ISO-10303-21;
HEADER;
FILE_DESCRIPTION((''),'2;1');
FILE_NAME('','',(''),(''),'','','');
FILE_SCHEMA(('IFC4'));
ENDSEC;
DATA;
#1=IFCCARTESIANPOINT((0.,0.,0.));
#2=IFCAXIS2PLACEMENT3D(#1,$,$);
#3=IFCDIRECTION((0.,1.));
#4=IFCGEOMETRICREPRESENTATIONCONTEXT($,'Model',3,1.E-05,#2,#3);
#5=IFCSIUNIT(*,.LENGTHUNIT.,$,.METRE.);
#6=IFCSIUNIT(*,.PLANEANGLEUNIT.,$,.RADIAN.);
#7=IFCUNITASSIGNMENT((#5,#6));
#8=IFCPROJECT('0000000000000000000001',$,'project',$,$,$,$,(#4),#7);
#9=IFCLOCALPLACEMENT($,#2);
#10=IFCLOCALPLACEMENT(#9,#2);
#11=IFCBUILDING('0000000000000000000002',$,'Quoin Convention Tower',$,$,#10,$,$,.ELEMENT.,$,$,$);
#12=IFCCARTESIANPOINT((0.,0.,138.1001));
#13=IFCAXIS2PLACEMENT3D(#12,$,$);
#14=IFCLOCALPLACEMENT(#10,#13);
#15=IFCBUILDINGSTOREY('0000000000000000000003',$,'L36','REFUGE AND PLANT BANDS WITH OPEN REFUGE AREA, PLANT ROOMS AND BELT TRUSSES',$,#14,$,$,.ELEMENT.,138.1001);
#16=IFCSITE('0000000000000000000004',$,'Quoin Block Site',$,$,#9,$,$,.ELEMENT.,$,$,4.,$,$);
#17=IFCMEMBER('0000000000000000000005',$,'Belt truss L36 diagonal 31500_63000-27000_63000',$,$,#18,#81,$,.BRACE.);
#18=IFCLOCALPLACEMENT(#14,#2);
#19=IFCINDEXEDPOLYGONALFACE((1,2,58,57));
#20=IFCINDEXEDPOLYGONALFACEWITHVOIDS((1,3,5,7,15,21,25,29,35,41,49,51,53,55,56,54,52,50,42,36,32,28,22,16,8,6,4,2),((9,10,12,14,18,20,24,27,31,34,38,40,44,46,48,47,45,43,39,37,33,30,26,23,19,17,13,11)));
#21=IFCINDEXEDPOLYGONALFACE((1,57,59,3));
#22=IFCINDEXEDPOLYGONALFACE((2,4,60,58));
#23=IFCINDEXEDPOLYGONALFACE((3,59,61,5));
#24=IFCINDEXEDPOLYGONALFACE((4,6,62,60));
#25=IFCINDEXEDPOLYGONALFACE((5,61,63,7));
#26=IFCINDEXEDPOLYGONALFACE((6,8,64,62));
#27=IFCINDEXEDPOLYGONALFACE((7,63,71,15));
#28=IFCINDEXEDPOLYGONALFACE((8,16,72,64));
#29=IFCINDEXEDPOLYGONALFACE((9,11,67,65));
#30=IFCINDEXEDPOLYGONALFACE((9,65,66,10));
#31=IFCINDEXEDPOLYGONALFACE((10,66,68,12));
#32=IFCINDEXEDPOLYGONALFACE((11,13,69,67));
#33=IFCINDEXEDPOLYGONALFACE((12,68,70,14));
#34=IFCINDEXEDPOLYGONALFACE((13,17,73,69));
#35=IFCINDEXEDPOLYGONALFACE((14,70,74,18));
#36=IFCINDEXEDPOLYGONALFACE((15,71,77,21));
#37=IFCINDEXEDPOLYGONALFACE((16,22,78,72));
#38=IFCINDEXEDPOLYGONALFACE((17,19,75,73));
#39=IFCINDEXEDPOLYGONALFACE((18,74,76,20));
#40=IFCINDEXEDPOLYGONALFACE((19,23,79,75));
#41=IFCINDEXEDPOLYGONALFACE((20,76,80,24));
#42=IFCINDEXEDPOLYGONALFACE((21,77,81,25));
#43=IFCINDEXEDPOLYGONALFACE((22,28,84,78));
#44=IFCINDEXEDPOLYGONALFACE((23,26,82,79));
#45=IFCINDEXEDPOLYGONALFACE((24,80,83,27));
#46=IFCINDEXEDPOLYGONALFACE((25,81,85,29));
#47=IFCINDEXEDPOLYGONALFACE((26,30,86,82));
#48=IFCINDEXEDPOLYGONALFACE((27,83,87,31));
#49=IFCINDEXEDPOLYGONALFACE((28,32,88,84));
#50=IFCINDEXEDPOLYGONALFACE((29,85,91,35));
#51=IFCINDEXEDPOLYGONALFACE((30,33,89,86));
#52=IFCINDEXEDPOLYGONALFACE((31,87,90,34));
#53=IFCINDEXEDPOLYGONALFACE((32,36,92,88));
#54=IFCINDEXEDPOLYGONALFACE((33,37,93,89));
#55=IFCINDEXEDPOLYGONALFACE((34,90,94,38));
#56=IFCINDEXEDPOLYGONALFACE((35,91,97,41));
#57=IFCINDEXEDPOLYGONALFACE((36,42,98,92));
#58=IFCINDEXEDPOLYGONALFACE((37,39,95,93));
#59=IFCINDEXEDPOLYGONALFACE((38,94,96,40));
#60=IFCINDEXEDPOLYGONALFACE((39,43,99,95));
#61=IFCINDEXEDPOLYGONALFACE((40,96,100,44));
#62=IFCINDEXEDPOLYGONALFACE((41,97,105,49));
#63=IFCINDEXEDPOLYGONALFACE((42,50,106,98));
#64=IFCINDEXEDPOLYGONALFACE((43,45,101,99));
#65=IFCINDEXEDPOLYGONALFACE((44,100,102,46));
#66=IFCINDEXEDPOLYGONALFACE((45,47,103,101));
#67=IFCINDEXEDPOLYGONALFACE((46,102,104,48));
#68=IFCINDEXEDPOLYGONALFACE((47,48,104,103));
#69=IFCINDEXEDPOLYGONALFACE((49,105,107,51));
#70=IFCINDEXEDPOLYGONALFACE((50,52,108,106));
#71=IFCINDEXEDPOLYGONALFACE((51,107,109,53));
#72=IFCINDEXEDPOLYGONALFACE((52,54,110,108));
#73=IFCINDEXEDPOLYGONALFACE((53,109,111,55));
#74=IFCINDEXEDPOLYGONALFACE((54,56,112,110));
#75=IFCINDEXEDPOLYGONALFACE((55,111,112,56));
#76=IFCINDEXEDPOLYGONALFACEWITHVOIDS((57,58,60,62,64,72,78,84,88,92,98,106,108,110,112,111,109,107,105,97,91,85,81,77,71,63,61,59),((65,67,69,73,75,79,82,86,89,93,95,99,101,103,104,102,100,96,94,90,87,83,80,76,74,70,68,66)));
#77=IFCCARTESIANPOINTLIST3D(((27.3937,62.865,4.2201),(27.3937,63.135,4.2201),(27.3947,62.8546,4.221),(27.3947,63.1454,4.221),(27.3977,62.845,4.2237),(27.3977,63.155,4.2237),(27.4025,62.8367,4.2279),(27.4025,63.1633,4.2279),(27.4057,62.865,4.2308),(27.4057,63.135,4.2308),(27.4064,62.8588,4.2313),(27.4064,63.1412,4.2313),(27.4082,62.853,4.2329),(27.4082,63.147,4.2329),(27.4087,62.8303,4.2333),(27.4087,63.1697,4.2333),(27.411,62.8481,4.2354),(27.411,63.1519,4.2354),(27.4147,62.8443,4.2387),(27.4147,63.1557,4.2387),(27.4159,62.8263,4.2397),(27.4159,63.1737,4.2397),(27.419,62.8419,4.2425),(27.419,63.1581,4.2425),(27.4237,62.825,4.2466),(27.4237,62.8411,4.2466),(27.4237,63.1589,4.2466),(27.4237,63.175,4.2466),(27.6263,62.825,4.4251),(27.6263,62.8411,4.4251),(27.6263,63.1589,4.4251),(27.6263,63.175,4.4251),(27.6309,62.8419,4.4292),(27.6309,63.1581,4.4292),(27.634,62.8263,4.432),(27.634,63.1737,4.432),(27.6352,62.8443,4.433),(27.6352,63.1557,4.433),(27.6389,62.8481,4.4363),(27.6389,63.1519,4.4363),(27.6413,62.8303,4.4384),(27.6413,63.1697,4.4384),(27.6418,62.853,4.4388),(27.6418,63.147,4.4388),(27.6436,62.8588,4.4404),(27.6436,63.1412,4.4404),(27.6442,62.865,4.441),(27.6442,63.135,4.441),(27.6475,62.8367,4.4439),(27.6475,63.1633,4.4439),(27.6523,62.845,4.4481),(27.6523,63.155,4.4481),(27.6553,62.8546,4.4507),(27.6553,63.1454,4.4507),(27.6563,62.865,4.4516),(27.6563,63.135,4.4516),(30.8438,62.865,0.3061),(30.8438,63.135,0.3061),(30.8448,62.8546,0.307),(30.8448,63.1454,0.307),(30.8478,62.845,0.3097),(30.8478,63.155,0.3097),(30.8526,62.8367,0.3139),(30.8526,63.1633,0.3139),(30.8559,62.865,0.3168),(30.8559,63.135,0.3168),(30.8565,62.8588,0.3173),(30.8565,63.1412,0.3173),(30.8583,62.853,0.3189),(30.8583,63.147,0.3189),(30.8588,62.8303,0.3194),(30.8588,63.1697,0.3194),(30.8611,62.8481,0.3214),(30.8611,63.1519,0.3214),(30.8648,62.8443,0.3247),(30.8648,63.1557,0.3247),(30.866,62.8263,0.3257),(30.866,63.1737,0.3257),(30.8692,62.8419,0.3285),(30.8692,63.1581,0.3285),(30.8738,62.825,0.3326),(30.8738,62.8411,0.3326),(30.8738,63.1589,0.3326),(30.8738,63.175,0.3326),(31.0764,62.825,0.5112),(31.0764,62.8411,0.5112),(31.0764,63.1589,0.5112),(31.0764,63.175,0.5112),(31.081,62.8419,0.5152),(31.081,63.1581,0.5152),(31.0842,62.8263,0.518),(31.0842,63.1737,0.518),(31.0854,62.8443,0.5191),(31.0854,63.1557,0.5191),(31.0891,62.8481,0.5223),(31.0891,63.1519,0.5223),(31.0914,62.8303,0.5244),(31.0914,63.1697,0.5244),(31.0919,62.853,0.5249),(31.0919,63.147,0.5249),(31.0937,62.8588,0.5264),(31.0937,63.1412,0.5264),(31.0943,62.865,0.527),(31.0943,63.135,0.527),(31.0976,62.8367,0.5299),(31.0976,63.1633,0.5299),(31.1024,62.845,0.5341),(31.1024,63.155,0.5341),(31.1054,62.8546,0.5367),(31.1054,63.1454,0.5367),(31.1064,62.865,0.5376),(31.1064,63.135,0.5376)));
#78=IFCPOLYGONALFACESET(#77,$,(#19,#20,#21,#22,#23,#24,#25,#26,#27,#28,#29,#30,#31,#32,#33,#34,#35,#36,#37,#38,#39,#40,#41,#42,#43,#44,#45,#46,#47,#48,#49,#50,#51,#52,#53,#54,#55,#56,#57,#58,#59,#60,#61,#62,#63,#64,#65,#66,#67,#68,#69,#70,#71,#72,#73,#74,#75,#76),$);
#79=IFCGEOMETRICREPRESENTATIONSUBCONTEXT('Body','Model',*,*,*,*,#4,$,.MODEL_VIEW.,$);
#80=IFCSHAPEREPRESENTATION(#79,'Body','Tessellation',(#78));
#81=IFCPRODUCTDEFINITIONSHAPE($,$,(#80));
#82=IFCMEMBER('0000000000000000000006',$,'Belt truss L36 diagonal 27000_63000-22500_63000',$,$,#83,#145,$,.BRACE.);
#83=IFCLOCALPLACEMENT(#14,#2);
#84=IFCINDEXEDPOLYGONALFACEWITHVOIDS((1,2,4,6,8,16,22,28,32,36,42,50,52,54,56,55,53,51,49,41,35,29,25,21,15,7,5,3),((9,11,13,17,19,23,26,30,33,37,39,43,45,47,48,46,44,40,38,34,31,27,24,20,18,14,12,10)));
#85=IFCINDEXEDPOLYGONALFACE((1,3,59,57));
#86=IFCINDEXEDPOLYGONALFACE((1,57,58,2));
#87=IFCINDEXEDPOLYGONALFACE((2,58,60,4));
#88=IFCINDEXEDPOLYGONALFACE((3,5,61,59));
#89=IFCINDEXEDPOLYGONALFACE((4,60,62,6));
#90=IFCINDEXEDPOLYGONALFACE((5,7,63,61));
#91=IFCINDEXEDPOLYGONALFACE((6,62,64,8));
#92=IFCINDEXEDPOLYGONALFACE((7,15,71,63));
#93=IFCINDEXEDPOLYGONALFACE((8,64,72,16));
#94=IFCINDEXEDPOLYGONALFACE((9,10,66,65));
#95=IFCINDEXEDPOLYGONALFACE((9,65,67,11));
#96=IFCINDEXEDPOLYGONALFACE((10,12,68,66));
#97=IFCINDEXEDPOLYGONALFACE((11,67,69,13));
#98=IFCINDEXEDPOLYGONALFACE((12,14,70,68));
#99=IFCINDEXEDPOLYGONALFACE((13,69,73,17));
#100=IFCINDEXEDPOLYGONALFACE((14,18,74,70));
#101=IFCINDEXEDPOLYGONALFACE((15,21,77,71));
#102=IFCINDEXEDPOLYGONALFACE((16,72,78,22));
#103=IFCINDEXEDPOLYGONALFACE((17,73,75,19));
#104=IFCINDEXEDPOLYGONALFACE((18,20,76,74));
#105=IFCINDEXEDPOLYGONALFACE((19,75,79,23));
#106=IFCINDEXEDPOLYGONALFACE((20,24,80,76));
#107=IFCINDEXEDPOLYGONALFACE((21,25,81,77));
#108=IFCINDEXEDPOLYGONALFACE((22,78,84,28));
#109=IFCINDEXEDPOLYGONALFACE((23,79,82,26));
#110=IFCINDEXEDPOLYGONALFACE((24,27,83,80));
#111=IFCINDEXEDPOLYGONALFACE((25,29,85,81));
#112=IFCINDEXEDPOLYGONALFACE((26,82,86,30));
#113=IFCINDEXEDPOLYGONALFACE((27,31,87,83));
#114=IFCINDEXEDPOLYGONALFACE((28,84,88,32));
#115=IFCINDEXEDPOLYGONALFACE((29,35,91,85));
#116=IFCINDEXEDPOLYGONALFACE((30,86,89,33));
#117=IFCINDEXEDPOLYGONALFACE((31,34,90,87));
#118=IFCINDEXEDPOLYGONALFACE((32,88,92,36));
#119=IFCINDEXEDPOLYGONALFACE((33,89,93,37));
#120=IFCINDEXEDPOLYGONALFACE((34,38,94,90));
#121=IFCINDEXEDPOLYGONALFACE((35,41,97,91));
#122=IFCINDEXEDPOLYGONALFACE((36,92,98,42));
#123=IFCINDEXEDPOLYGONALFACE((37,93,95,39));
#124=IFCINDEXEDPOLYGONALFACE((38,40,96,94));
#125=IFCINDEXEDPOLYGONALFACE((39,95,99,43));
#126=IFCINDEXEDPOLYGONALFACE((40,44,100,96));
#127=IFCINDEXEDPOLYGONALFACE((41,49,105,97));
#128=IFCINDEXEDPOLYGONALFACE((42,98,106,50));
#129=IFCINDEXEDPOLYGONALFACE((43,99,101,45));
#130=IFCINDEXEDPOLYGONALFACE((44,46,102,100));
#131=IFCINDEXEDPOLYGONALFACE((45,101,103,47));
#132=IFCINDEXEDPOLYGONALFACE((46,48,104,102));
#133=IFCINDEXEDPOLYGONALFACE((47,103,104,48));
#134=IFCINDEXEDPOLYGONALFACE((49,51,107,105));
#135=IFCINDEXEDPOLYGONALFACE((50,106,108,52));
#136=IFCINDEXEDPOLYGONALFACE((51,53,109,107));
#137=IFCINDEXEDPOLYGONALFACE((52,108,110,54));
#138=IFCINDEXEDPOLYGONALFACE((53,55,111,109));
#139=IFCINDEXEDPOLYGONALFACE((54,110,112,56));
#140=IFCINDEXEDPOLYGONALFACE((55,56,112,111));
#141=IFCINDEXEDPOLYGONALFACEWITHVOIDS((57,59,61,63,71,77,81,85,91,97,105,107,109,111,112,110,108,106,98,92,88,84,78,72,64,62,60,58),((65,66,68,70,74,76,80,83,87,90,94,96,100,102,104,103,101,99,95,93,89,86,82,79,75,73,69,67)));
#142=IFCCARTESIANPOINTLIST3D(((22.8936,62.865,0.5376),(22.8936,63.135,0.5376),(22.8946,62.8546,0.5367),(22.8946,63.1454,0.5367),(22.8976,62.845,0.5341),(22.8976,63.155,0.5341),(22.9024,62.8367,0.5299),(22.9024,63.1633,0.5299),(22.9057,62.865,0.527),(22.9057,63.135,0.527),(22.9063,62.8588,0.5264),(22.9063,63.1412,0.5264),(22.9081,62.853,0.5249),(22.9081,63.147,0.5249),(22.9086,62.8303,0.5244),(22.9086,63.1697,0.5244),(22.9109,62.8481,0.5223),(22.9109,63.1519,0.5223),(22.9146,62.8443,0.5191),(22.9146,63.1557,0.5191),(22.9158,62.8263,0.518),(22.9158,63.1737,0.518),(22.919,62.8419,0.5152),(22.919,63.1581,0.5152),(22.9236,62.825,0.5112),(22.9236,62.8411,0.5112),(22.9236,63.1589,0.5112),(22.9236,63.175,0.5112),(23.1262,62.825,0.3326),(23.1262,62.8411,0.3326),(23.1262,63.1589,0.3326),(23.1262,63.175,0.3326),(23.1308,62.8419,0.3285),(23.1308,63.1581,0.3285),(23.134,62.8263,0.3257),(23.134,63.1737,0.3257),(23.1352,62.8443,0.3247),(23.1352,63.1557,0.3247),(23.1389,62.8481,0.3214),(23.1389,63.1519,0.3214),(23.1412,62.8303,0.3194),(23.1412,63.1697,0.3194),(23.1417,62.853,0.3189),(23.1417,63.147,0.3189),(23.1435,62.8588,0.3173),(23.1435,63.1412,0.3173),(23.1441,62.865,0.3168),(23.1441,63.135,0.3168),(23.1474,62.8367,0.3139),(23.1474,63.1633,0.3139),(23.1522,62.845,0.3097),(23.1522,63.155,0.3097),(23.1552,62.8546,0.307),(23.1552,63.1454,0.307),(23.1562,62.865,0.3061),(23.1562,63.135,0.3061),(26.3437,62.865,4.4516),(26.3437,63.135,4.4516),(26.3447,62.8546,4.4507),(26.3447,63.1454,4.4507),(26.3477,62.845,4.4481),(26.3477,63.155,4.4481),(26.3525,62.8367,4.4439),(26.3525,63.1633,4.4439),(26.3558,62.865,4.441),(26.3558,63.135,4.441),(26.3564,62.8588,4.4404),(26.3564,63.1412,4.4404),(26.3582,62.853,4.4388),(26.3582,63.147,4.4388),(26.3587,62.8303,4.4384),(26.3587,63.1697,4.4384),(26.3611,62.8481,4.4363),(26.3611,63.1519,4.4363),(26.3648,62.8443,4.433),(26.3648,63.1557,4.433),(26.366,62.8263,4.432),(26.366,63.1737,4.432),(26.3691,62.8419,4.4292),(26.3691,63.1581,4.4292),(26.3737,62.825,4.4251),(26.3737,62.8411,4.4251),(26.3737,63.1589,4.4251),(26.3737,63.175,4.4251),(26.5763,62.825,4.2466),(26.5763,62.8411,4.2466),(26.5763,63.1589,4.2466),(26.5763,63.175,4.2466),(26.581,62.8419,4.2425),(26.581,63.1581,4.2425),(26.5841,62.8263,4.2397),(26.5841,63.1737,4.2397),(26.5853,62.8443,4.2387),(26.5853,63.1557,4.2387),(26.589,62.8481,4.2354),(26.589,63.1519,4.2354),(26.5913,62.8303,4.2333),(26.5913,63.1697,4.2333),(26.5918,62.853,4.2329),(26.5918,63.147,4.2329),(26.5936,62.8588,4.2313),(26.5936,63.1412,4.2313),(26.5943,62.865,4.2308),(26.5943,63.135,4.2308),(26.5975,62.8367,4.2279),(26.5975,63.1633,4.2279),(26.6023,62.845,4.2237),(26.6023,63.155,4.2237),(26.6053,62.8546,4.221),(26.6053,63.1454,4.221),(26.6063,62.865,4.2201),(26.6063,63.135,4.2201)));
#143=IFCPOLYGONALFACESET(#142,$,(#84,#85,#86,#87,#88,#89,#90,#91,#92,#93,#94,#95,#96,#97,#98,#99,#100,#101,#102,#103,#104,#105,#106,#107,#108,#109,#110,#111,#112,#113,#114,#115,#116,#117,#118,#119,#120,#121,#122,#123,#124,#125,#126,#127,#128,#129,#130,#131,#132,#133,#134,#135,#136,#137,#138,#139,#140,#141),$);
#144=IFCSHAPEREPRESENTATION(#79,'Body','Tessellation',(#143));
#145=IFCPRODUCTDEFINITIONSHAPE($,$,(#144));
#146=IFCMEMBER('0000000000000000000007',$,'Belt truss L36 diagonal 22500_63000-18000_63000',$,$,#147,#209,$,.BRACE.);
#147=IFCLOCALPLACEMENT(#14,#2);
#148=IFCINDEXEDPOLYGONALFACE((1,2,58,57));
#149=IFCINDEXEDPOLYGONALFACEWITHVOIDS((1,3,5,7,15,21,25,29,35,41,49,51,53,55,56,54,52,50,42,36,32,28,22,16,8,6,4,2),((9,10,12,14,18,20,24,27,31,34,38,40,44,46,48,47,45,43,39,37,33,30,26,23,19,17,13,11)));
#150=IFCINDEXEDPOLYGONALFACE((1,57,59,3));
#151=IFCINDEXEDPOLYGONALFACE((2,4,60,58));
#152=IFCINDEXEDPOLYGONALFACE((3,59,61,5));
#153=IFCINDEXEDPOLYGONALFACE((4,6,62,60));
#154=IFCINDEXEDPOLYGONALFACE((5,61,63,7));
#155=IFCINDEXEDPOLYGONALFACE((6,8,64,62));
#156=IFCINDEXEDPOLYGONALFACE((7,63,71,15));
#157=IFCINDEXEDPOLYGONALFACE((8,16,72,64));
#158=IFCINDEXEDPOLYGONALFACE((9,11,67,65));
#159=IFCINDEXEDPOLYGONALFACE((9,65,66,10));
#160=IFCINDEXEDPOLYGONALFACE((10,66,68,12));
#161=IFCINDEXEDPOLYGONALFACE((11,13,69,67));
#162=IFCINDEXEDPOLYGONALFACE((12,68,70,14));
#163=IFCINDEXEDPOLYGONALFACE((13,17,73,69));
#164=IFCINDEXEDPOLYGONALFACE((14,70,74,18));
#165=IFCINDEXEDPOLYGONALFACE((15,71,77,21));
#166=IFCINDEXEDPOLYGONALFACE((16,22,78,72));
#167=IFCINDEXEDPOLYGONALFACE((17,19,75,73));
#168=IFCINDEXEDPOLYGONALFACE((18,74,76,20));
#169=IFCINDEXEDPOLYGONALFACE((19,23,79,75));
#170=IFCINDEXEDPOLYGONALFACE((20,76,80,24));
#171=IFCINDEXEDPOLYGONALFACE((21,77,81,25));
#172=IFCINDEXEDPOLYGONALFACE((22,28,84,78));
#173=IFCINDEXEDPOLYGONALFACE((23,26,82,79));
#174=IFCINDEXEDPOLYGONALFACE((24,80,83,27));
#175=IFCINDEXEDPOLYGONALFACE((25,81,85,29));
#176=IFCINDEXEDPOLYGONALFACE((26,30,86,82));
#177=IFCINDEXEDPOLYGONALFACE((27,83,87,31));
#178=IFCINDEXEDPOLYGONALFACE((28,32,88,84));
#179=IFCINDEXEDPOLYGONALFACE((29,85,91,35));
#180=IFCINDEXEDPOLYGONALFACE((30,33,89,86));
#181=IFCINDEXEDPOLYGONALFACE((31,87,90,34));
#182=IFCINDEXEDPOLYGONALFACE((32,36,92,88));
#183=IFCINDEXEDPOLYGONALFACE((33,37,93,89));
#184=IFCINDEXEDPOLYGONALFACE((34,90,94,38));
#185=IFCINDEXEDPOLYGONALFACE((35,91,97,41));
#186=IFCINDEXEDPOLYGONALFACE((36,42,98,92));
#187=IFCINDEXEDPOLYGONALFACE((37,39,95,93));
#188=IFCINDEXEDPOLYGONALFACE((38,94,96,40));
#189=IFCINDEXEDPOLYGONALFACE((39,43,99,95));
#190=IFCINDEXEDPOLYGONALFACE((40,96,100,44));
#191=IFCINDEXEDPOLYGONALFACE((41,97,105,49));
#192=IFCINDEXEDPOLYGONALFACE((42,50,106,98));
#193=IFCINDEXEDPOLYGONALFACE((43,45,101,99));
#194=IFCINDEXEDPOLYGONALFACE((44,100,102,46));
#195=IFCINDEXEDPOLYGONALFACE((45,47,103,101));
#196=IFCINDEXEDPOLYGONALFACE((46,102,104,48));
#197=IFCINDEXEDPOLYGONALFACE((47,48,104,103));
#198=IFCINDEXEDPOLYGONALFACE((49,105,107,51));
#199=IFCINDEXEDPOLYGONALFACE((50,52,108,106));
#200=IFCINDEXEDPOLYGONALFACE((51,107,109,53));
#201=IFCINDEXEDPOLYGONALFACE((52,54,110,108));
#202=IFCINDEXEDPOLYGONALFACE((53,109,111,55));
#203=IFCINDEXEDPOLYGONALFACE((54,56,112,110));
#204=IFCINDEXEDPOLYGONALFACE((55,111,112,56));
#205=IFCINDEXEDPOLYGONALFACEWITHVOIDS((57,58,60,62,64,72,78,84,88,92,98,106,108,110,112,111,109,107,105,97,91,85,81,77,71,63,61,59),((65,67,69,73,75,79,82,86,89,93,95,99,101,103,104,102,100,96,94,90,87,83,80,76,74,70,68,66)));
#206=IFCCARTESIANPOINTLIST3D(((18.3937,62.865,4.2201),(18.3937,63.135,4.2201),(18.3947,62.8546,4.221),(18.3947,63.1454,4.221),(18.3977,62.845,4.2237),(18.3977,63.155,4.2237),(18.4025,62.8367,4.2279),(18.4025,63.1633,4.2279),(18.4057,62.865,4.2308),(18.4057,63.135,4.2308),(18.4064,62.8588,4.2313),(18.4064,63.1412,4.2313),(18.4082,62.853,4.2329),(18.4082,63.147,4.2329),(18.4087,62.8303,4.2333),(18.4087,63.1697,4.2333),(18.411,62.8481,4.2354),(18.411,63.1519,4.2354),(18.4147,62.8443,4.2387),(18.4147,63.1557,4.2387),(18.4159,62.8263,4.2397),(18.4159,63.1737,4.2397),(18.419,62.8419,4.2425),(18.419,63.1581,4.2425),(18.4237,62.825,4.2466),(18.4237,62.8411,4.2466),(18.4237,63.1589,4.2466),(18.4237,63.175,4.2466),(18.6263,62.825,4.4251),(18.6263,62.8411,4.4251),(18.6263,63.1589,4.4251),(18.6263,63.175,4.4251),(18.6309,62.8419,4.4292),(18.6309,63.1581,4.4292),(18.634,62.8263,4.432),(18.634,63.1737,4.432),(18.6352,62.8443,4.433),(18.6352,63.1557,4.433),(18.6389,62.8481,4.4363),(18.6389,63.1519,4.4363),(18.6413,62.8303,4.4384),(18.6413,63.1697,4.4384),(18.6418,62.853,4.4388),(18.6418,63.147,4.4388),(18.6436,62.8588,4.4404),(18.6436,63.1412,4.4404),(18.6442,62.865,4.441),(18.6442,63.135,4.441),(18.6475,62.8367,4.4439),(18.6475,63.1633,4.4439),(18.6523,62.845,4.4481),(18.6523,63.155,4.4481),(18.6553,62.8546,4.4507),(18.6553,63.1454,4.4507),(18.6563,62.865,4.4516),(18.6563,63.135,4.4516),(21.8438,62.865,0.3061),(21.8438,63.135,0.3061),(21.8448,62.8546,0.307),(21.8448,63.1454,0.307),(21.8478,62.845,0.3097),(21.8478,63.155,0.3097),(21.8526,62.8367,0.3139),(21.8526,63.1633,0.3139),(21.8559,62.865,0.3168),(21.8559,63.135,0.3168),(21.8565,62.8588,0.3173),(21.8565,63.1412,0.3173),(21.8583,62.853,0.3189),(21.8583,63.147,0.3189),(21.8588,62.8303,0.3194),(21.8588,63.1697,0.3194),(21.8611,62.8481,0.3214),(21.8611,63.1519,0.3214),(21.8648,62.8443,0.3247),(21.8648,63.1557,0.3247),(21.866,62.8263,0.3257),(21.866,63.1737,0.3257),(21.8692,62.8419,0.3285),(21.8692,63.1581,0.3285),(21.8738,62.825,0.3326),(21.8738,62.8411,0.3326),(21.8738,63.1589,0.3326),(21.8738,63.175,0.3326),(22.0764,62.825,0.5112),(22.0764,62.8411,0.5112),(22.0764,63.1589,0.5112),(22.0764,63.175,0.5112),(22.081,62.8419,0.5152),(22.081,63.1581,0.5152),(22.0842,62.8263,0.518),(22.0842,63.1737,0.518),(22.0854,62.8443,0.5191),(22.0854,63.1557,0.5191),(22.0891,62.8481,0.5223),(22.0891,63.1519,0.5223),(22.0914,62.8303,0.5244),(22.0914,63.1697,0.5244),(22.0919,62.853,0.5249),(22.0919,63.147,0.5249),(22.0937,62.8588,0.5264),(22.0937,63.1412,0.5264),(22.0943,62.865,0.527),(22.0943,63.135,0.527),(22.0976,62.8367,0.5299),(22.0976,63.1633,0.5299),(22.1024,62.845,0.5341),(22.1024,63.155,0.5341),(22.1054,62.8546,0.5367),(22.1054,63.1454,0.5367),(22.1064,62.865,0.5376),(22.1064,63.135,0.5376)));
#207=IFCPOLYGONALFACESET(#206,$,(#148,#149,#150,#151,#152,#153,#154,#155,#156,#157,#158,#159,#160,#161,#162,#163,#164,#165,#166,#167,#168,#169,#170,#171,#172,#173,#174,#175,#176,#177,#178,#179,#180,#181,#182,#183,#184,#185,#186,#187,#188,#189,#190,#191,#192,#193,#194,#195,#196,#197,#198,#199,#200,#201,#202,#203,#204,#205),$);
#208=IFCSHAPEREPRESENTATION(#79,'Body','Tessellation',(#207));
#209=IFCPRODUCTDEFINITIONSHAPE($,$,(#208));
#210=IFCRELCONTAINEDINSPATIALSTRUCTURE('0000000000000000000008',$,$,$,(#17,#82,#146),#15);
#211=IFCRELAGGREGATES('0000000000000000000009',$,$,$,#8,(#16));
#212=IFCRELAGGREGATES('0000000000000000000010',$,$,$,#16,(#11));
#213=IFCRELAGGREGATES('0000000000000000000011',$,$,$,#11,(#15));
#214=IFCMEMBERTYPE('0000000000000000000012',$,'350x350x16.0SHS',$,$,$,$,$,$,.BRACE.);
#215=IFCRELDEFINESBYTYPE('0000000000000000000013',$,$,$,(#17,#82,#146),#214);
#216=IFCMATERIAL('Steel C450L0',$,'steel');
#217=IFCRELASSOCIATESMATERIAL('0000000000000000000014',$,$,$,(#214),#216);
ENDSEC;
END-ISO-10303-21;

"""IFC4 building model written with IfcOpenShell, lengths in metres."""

from ifc_helpers import new_model, si_unit, direction, frame, origin, origin_2d, place, context, subcontext, project, spatial, hollow_rectangle, extrude, material, material_profile, profile_set, type_object, element, save


model = new_model("IFC4")

# Units and contexts
model_context = context("Model", 3, precision=1e-05, world=origin(), true_north=direction((0.0, 1.0)))
body_context = subcontext(model_context, "Body", "Model", "MODEL_VIEW")
ifc_project = project(units=[si_unit("LENGTHUNIT", "METRE"), si_unit("PLANEANGLEUNIT", "RADIAN")], contexts=[model_context])

# Site, building, storey
site_placement = place(None, origin())
site = spatial("IfcSite", under=ifc_project, at=site_placement, Name="Quoin Block Site", CompositionType="ELEMENT", RefElevation=4.0)
building_placement = place(site_placement, origin())
building = spatial("IfcBuilding", under=site, at=building_placement, Name="Quoin Convention Tower", CompositionType="ELEMENT")
storey_placement = place(building_placement, frame((0.0, 0.0, 138.1001)))
storey = spatial("IfcBuildingStorey", under=building, at=storey_placement, Name="L36", Description="REFUGE AND PLANT BANDS WITH OPEN REFUGE AREA, PLANT ROOMS AND BELT TRUSSES", CompositionType="ELEMENT", Elevation=138.1001)

# Shared definitions
ifc_material_1 = material(Name="Steel C450L0", Category="steel")

# Members
ifc_material_profile_1 = material_profile(ifc_material_1, hollow_rectangle(XDim=0.3501, YDim=0.3501, WallThickness=0.0161, InnerFilletRadius=0.0239, OuterFilletRadius=0.04, at=origin_2d()), Name="350x350x16.0SHS")
ifc_profile_set_1 = profile_set([ifc_material_profile_1], Name="Steel C450L0")
member_type_1 = type_object("IfcMemberType", Name="350x350x16.0SHS", PredefinedType="BRACE", material=ifc_profile_set_1)
for number, where, z_axis, x_axis, name in (
    (1, (30.9751, 63.0, 0.4219), (-0.661256, 0.0, 0.75016), (0.0, -1.0, 0.0), "Belt truss L36 diagonal 31500_63000-27000_63000"),
    (2, (23.0249, 63.0, 0.4219), (0.661256, 0.0, 0.75016), (0.0, 1.0, 0.0), "Belt truss L36 diagonal 27000_63000-22500_63000"),
    (3, (21.9751, 63.0, 0.4219), (-0.661256, 0.0, 0.75016), (0.0, -1.0, 0.0), "Belt truss L36 diagonal 22500_63000-18000_63000"),
):
    element("IfcMember", number, at=place(storey_placement, frame(where, z_axis=z_axis, x_axis=x_axis)), inside=storey, type_object=member_type_1, Name=name, PredefinedType="BRACE", context=body_context, shape_type="SweptSolid", body=[
        extrude(hollow_rectangle(XDim=0.3501, YDim=0.3501, WallThickness=0.0161, InnerFilletRadius=0.0239, OuterFilletRadius=0.04, at=origin_2d()), origin(), (0.0, 0.0, 1.0), 5.2175),
    ])

save(model, "model.ifc")
